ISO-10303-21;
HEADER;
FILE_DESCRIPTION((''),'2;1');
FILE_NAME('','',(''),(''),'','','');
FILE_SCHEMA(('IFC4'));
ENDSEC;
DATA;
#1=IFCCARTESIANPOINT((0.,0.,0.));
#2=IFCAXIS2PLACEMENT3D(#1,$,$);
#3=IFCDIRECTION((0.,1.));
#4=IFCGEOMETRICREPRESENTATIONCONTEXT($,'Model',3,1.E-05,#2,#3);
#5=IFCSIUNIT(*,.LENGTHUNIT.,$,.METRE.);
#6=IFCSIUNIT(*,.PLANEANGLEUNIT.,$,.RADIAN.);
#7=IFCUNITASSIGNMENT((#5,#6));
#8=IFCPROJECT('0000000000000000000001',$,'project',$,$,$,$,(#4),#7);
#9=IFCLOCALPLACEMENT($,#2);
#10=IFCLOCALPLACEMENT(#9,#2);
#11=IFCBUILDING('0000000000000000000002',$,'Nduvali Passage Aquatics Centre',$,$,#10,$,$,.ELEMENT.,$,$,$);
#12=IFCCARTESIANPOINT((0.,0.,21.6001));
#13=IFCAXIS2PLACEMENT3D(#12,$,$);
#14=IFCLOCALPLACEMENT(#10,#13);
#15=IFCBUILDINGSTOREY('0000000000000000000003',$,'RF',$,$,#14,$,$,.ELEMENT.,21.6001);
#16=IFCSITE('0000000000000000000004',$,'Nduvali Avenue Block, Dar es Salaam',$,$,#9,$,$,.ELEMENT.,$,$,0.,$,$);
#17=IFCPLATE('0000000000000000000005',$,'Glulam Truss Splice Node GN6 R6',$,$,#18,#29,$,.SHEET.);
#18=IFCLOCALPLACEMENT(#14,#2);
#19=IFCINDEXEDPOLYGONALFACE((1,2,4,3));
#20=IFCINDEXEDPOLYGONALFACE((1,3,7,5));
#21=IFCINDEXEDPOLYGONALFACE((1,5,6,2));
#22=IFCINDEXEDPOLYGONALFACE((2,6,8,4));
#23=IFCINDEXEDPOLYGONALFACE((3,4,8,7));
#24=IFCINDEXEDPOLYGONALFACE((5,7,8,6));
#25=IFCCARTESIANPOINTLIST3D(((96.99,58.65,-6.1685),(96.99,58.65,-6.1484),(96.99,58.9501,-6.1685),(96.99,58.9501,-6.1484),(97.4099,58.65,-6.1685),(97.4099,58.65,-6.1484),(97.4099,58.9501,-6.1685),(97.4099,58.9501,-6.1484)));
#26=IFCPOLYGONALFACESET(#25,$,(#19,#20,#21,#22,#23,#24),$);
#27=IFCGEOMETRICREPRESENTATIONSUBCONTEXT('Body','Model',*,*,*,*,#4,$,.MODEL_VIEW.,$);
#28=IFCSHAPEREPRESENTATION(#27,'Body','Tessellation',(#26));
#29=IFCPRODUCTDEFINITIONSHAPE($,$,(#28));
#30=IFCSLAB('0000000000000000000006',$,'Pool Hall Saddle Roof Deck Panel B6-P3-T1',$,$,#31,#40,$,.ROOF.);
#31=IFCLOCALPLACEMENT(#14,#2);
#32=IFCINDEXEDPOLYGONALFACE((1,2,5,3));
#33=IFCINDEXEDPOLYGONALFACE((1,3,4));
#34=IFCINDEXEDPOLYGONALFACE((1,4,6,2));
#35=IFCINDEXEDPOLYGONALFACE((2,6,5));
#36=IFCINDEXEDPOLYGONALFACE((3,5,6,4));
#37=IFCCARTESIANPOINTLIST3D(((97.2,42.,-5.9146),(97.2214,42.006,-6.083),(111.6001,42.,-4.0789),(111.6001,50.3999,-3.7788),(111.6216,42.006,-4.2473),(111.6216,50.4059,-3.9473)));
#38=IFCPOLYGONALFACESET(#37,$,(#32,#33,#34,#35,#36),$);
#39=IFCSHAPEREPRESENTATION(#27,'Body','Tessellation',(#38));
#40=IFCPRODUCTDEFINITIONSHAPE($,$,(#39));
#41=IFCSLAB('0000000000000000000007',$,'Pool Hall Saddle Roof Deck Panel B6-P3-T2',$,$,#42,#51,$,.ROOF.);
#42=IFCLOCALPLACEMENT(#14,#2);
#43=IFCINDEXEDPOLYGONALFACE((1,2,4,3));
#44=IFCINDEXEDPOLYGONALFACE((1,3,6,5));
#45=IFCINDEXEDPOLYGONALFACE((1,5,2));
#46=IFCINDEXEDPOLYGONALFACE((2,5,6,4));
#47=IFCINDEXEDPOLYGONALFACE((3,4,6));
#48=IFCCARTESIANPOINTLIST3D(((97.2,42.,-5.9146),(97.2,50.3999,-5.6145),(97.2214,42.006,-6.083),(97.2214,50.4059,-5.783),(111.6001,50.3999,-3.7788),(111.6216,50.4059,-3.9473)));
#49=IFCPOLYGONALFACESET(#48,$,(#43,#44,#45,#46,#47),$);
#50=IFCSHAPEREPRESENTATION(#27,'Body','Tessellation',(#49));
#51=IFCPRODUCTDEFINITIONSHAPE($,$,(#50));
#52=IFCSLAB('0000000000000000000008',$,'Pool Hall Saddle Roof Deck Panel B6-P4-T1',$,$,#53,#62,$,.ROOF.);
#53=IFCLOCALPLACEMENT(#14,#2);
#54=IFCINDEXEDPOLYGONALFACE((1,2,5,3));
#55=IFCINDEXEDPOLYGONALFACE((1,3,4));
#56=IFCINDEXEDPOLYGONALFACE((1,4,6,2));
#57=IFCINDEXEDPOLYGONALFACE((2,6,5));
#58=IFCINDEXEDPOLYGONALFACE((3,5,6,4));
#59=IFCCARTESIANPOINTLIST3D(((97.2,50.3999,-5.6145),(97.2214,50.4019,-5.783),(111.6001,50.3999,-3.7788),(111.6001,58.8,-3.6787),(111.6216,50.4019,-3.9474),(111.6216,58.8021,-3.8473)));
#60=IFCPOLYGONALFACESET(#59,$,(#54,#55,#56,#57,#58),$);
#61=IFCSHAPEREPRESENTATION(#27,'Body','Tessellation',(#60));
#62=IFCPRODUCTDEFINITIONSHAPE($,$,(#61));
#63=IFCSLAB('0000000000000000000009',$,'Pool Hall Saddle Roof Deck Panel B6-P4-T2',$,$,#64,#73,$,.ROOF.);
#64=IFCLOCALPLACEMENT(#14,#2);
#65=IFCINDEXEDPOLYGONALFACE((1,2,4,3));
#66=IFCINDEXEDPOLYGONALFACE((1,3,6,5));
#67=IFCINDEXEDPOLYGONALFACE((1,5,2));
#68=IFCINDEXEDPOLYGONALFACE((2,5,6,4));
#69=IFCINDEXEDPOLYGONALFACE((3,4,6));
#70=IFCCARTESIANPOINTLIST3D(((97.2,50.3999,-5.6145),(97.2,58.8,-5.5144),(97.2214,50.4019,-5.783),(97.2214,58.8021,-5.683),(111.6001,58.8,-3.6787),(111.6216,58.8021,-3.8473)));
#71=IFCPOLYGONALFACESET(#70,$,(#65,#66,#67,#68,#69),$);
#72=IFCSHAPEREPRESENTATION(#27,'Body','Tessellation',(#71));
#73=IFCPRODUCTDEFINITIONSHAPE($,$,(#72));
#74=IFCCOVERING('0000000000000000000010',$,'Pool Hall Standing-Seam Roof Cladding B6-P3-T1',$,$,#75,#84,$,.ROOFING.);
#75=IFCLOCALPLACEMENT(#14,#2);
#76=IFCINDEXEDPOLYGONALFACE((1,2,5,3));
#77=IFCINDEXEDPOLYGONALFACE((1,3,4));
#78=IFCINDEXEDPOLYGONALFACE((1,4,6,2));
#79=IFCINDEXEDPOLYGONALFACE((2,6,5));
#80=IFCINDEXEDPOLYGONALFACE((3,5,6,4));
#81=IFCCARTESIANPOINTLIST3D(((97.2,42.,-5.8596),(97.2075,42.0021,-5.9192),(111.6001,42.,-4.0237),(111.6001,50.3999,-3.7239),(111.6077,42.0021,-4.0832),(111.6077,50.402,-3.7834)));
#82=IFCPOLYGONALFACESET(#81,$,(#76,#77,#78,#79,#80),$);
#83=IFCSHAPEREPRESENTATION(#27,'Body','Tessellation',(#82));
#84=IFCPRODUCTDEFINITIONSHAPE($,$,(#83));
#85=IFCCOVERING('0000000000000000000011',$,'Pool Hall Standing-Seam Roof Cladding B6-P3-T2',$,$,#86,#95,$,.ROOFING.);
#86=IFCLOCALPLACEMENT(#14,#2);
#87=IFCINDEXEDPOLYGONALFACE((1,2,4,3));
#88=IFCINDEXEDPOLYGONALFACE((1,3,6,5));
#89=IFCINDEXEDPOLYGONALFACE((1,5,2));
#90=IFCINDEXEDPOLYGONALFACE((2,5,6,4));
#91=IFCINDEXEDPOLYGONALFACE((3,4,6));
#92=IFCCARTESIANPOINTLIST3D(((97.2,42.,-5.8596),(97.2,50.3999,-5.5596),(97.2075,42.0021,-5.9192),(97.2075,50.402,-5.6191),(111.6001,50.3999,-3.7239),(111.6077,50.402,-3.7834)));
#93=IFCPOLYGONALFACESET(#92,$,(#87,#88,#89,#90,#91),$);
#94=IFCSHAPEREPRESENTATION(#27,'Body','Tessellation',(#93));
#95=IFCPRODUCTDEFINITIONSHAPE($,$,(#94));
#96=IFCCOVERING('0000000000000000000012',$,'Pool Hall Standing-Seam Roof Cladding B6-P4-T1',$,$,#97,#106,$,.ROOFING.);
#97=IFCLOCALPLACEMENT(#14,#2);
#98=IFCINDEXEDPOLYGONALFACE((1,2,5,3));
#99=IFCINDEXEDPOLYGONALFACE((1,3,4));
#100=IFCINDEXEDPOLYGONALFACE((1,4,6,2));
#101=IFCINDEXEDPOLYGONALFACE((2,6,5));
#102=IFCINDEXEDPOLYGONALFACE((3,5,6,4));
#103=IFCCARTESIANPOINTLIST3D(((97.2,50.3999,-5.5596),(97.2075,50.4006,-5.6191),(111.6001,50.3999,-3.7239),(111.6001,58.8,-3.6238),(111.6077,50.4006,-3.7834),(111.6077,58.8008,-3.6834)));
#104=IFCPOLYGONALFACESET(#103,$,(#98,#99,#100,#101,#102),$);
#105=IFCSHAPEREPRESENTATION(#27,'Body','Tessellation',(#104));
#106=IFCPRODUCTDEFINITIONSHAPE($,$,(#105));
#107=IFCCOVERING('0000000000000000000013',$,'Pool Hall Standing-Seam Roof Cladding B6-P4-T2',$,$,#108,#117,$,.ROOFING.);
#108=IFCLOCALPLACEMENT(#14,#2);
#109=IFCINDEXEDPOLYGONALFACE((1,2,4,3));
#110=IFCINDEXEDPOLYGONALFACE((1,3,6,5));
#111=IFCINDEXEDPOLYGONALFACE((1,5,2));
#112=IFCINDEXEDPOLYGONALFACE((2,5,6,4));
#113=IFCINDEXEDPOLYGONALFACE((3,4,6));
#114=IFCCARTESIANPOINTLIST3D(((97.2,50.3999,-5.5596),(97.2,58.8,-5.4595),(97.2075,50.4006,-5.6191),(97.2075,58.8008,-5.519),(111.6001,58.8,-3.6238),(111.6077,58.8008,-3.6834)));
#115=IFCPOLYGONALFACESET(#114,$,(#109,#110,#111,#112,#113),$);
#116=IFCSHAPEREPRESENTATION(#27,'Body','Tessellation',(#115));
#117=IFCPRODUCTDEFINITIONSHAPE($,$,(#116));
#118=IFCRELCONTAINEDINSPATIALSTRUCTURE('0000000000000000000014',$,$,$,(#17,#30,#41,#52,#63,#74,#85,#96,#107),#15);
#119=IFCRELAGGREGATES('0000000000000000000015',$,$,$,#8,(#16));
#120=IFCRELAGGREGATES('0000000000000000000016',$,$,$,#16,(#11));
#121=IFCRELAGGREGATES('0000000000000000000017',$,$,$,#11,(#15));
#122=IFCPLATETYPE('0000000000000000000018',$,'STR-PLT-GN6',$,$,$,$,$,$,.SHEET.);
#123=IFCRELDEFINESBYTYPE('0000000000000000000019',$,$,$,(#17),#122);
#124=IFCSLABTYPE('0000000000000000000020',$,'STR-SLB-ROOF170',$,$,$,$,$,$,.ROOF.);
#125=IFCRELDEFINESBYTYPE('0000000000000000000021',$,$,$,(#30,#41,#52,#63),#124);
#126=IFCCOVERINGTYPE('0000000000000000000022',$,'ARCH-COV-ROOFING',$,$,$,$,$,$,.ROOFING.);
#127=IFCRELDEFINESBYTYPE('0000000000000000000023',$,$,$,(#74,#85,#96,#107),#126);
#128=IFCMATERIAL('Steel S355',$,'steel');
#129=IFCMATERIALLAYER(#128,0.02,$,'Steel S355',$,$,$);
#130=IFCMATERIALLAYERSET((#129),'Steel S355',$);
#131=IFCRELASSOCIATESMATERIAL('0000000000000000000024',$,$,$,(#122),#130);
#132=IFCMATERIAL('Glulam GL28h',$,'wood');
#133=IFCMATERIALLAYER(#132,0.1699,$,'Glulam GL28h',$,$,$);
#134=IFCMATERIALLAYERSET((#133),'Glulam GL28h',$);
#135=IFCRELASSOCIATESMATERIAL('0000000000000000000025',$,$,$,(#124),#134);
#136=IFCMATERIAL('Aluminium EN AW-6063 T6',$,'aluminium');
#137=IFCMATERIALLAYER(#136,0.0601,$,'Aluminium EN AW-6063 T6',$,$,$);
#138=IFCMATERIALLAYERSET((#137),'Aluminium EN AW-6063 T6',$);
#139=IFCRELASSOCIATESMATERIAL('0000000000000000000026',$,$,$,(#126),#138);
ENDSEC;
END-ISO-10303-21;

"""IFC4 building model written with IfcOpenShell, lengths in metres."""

from ifc_helpers import new_model, si_unit, direction, frame, origin, origin_2d, place, context, subcontext, project, spatial, polyline, rectangle, outline, extrude, material, layer, layer_set, type_object, element, save


model = new_model("IFC4")

# Units and contexts
model_context = context("Model", 3, precision=1e-05, world=origin(), true_north=direction((0.0, 1.0)))
body_context = subcontext(model_context, "Body", "Model", "MODEL_VIEW")
ifc_project = project(units=[si_unit("LENGTHUNIT", "METRE"), si_unit("PLANEANGLEUNIT", "RADIAN")], contexts=[model_context])

# Site, building, storey
site_placement = place(None, origin())
site = spatial("IfcSite", under=ifc_project, at=site_placement, Name="Nduvali Avenue Block, Dar es Salaam", CompositionType="ELEMENT", RefElevation=0.0)
building_placement = place(site_placement, origin())
building = spatial("IfcBuilding", under=site, at=building_placement, Name="Nduvali Passage Aquatics Centre", CompositionType="ELEMENT")
storey_placement = place(building_placement, frame((0.0, 0.0, 21.6001)))
storey = spatial("IfcBuildingStorey", under=building, at=storey_placement, Name="RF", CompositionType="ELEMENT", Elevation=21.6001)

# Shared definitions
ifc_material_1 = material(Name="Steel S355", Category="steel")
ifc_material_2 = material(Name="Glulam GL28h", Category="wood")

# Plate
ifc_layer_1 = layer(ifc_material_1, 0.02, Name="Steel S355")
ifc_layer_set_1 = layer_set([ifc_layer_1], Name="Steel S355")
plate_type_1 = type_object("IfcPlateType", Name="STR-PLT-GN6", PredefinedType="SHEET", material=ifc_layer_set_1)
plate_1_placement = place(storey_placement, frame((97.2, 58.8, -6.1685), z_axis=(0.0, 0.0, 1.0), x_axis=(1.0, 0.0, 0.0)))
element("IfcPlate", 1, at=plate_1_placement, inside=storey, type_object=plate_type_1, Name="Glulam Truss Splice Node GN6 R6", PredefinedType="SHEET", context=body_context, shape_type="SweptSolid", body=[
    extrude(rectangle(XDim=0.4199, YDim=0.3, at=origin_2d()), origin(), (0.0, 0.0, 1.0), 0.02),
])

# Slabs
ifc_layer_2 = layer(ifc_material_2, 0.1699, Name="Glulam GL28h")
ifc_layer_set_2 = layer_set([ifc_layer_2], Name="Glulam GL28h")
slab_type = type_object("IfcSlabType", Name="STR-SLB-ROOF170", PredefinedType="ROOF", material=ifc_layer_set_2)
slab_1_placement = place(storey_placement, frame((97.2, 42.0, -5.9146), z_axis=(-0.126375, -0.035412, 0.99135), x_axis=(0.991972, 0.0, 0.126454)))
element("IfcSlab", 2, at=slab_1_placement, inside=storey, type_object=slab_type, Name="Pool Hall Saddle Roof Deck Panel B6-P3-T1", PredefinedType="ROOF", context=body_context, shape_type="SweptSolid", body=[
    extrude(outline(polyline([(0.0, 0.0), (14.5167, 0.0), (14.5546, 8.4052), (0.0, 0.0)])), origin(), (0.0, 0.0, -1.0), 0.1699),
])
slab_2_placement = place(storey_placement, frame((97.2, 42.0, -5.9146), z_axis=(-0.126375, -0.035412, 0.99135), x_axis=(0.856781, 0.499778, 0.127073)))
element("IfcSlab", 3, at=slab_2_placement, inside=storey, type_object=slab_type, Name="Pool Hall Saddle Roof Deck Panel B6-P3-T2", PredefinedType="ROOF", context=body_context, shape_type="SweptSolid", body=[
    extrude(outline(polyline([(0.0, 0.0), (16.8073, 0.0), (4.2362, 7.2597), (0.0, 0.0)])), origin(), (0.0, 0.0, -1.0), 0.1699),
])
slab_3_placement = place(storey_placement, frame((97.2, 50.3999, -5.6145), z_axis=(-0.126445, -0.01182, 0.991903), x_axis=(0.991972, 0.0, 0.126454)))
element("IfcSlab", 4, at=slab_3_placement, inside=storey, type_object=slab_type, Name="Pool Hall Saddle Roof Deck Panel B6-P4-T1", PredefinedType="ROOF", context=body_context, shape_type="SweptSolid", body=[
    extrude(outline(polyline([(0.0, 0.0), (14.5167, 0.0), (14.5293, 8.4007), (0.0, 0.0)])), origin(), (0.0, 0.0, -1.0), 0.1699),
])
slab_4_placement = place(storey_placement, frame((97.2, 50.3999, -5.6145), z_axis=(-0.126445, -0.01182, 0.991903), x_axis=(0.858012, 0.500511, 0.115341)))
element("IfcSlab", 5, at=slab_4_placement, inside=storey, type_object=slab_type, Name="Pool Hall Saddle Roof Deck Panel B6-P4-T2", PredefinedType="ROOF", context=body_context, shape_type="SweptSolid", body=[
    extrude(outline(polyline([(0.0, 0.0), (16.7831, 0.0), (4.2159, 7.2663), (0.0, 0.0)])), origin(), (0.0, 0.0, -1.0), 0.1699),
])

# Coverings
ifc_material_3 = material(Name="Aluminium EN AW-6063 T6", Category="aluminium")
ifc_layer_3 = layer(ifc_material_3, 0.0601, Name="Aluminium EN AW-6063 T6")
ifc_layer_set_3 = layer_set([ifc_layer_3], Name="Aluminium EN AW-6063 T6")
covering_type = type_object("IfcCoveringType", Name="ARCH-COV-ROOFING", PredefinedType="ROOFING", material=ifc_layer_set_3)
covering_1_placement = place(storey_placement, frame((97.2, 42.0, -5.8596), z_axis=(-0.126391, -0.035383, 0.991349), x_axis=(0.99197, 0.0, 0.126471)))
element("IfcCovering", 6, at=covering_1_placement, inside=storey, type_object=covering_type, Name="Pool Hall Standing-Seam Roof Cladding B6-P3-T1", PredefinedType="ROOFING", context=body_context, shape_type="SweptSolid", body=[
    extrude(outline(polyline([(0.0, 0.0), (14.5167, 0.0), (14.5546, 8.4052), (0.0, 0.0)])), origin(), (0.0, 0.0, -1.0), 0.0601),
])
covering_2_placement = place(storey_placement, frame((97.2, 42.0, -5.8596), z_axis=(-0.126375, -0.035412, 0.99135), x_axis=(0.856781, 0.499778, 0.127073)))
element("IfcCovering", 7, at=covering_2_placement, inside=storey, type_object=covering_type, Name="Pool Hall Standing-Seam Roof Cladding B6-P3-T2", PredefinedType="ROOFING", context=body_context, shape_type="SweptSolid", body=[
    extrude(outline(polyline([(0.0, 0.0), (16.8073, 0.0), (4.2362, 7.2597), (0.0, 0.0)])), origin(), (0.0, 0.0, -1.0), 0.0601),
])
covering_3_placement = place(storey_placement, frame((97.2, 50.3999, -5.5596), z_axis=(-0.126445, -0.01182, 0.991903), x_axis=(0.991972, 0.0, 0.126454)))
element("IfcCovering", 8, at=covering_3_placement, inside=storey, type_object=covering_type, Name="Pool Hall Standing-Seam Roof Cladding B6-P4-T1", PredefinedType="ROOFING", context=body_context, shape_type="SweptSolid", body=[
    extrude(outline(polyline([(0.0, 0.0), (14.5167, 0.0), (14.5293, 8.4007), (0.0, 0.0)])), origin(), (0.0, 0.0, -1.0), 0.0601),
])
covering_4_placement = place(storey_placement, frame((97.2, 50.3999, -5.5596), z_axis=(-0.126445, -0.01182, 0.991903), x_axis=(0.858012, 0.500511, 0.115341)))
element("IfcCovering", 9, at=covering_4_placement, inside=storey, type_object=covering_type, Name="Pool Hall Standing-Seam Roof Cladding B6-P4-T2", PredefinedType="ROOFING", context=body_context, shape_type="SweptSolid", body=[
    extrude(outline(polyline([(0.0, 0.0), (16.7831, 0.0), (4.2159, 7.2663), (0.0, 0.0)])), origin(), (0.0, 0.0, -1.0), 0.0601),
])

save(model, "model.ifc")
